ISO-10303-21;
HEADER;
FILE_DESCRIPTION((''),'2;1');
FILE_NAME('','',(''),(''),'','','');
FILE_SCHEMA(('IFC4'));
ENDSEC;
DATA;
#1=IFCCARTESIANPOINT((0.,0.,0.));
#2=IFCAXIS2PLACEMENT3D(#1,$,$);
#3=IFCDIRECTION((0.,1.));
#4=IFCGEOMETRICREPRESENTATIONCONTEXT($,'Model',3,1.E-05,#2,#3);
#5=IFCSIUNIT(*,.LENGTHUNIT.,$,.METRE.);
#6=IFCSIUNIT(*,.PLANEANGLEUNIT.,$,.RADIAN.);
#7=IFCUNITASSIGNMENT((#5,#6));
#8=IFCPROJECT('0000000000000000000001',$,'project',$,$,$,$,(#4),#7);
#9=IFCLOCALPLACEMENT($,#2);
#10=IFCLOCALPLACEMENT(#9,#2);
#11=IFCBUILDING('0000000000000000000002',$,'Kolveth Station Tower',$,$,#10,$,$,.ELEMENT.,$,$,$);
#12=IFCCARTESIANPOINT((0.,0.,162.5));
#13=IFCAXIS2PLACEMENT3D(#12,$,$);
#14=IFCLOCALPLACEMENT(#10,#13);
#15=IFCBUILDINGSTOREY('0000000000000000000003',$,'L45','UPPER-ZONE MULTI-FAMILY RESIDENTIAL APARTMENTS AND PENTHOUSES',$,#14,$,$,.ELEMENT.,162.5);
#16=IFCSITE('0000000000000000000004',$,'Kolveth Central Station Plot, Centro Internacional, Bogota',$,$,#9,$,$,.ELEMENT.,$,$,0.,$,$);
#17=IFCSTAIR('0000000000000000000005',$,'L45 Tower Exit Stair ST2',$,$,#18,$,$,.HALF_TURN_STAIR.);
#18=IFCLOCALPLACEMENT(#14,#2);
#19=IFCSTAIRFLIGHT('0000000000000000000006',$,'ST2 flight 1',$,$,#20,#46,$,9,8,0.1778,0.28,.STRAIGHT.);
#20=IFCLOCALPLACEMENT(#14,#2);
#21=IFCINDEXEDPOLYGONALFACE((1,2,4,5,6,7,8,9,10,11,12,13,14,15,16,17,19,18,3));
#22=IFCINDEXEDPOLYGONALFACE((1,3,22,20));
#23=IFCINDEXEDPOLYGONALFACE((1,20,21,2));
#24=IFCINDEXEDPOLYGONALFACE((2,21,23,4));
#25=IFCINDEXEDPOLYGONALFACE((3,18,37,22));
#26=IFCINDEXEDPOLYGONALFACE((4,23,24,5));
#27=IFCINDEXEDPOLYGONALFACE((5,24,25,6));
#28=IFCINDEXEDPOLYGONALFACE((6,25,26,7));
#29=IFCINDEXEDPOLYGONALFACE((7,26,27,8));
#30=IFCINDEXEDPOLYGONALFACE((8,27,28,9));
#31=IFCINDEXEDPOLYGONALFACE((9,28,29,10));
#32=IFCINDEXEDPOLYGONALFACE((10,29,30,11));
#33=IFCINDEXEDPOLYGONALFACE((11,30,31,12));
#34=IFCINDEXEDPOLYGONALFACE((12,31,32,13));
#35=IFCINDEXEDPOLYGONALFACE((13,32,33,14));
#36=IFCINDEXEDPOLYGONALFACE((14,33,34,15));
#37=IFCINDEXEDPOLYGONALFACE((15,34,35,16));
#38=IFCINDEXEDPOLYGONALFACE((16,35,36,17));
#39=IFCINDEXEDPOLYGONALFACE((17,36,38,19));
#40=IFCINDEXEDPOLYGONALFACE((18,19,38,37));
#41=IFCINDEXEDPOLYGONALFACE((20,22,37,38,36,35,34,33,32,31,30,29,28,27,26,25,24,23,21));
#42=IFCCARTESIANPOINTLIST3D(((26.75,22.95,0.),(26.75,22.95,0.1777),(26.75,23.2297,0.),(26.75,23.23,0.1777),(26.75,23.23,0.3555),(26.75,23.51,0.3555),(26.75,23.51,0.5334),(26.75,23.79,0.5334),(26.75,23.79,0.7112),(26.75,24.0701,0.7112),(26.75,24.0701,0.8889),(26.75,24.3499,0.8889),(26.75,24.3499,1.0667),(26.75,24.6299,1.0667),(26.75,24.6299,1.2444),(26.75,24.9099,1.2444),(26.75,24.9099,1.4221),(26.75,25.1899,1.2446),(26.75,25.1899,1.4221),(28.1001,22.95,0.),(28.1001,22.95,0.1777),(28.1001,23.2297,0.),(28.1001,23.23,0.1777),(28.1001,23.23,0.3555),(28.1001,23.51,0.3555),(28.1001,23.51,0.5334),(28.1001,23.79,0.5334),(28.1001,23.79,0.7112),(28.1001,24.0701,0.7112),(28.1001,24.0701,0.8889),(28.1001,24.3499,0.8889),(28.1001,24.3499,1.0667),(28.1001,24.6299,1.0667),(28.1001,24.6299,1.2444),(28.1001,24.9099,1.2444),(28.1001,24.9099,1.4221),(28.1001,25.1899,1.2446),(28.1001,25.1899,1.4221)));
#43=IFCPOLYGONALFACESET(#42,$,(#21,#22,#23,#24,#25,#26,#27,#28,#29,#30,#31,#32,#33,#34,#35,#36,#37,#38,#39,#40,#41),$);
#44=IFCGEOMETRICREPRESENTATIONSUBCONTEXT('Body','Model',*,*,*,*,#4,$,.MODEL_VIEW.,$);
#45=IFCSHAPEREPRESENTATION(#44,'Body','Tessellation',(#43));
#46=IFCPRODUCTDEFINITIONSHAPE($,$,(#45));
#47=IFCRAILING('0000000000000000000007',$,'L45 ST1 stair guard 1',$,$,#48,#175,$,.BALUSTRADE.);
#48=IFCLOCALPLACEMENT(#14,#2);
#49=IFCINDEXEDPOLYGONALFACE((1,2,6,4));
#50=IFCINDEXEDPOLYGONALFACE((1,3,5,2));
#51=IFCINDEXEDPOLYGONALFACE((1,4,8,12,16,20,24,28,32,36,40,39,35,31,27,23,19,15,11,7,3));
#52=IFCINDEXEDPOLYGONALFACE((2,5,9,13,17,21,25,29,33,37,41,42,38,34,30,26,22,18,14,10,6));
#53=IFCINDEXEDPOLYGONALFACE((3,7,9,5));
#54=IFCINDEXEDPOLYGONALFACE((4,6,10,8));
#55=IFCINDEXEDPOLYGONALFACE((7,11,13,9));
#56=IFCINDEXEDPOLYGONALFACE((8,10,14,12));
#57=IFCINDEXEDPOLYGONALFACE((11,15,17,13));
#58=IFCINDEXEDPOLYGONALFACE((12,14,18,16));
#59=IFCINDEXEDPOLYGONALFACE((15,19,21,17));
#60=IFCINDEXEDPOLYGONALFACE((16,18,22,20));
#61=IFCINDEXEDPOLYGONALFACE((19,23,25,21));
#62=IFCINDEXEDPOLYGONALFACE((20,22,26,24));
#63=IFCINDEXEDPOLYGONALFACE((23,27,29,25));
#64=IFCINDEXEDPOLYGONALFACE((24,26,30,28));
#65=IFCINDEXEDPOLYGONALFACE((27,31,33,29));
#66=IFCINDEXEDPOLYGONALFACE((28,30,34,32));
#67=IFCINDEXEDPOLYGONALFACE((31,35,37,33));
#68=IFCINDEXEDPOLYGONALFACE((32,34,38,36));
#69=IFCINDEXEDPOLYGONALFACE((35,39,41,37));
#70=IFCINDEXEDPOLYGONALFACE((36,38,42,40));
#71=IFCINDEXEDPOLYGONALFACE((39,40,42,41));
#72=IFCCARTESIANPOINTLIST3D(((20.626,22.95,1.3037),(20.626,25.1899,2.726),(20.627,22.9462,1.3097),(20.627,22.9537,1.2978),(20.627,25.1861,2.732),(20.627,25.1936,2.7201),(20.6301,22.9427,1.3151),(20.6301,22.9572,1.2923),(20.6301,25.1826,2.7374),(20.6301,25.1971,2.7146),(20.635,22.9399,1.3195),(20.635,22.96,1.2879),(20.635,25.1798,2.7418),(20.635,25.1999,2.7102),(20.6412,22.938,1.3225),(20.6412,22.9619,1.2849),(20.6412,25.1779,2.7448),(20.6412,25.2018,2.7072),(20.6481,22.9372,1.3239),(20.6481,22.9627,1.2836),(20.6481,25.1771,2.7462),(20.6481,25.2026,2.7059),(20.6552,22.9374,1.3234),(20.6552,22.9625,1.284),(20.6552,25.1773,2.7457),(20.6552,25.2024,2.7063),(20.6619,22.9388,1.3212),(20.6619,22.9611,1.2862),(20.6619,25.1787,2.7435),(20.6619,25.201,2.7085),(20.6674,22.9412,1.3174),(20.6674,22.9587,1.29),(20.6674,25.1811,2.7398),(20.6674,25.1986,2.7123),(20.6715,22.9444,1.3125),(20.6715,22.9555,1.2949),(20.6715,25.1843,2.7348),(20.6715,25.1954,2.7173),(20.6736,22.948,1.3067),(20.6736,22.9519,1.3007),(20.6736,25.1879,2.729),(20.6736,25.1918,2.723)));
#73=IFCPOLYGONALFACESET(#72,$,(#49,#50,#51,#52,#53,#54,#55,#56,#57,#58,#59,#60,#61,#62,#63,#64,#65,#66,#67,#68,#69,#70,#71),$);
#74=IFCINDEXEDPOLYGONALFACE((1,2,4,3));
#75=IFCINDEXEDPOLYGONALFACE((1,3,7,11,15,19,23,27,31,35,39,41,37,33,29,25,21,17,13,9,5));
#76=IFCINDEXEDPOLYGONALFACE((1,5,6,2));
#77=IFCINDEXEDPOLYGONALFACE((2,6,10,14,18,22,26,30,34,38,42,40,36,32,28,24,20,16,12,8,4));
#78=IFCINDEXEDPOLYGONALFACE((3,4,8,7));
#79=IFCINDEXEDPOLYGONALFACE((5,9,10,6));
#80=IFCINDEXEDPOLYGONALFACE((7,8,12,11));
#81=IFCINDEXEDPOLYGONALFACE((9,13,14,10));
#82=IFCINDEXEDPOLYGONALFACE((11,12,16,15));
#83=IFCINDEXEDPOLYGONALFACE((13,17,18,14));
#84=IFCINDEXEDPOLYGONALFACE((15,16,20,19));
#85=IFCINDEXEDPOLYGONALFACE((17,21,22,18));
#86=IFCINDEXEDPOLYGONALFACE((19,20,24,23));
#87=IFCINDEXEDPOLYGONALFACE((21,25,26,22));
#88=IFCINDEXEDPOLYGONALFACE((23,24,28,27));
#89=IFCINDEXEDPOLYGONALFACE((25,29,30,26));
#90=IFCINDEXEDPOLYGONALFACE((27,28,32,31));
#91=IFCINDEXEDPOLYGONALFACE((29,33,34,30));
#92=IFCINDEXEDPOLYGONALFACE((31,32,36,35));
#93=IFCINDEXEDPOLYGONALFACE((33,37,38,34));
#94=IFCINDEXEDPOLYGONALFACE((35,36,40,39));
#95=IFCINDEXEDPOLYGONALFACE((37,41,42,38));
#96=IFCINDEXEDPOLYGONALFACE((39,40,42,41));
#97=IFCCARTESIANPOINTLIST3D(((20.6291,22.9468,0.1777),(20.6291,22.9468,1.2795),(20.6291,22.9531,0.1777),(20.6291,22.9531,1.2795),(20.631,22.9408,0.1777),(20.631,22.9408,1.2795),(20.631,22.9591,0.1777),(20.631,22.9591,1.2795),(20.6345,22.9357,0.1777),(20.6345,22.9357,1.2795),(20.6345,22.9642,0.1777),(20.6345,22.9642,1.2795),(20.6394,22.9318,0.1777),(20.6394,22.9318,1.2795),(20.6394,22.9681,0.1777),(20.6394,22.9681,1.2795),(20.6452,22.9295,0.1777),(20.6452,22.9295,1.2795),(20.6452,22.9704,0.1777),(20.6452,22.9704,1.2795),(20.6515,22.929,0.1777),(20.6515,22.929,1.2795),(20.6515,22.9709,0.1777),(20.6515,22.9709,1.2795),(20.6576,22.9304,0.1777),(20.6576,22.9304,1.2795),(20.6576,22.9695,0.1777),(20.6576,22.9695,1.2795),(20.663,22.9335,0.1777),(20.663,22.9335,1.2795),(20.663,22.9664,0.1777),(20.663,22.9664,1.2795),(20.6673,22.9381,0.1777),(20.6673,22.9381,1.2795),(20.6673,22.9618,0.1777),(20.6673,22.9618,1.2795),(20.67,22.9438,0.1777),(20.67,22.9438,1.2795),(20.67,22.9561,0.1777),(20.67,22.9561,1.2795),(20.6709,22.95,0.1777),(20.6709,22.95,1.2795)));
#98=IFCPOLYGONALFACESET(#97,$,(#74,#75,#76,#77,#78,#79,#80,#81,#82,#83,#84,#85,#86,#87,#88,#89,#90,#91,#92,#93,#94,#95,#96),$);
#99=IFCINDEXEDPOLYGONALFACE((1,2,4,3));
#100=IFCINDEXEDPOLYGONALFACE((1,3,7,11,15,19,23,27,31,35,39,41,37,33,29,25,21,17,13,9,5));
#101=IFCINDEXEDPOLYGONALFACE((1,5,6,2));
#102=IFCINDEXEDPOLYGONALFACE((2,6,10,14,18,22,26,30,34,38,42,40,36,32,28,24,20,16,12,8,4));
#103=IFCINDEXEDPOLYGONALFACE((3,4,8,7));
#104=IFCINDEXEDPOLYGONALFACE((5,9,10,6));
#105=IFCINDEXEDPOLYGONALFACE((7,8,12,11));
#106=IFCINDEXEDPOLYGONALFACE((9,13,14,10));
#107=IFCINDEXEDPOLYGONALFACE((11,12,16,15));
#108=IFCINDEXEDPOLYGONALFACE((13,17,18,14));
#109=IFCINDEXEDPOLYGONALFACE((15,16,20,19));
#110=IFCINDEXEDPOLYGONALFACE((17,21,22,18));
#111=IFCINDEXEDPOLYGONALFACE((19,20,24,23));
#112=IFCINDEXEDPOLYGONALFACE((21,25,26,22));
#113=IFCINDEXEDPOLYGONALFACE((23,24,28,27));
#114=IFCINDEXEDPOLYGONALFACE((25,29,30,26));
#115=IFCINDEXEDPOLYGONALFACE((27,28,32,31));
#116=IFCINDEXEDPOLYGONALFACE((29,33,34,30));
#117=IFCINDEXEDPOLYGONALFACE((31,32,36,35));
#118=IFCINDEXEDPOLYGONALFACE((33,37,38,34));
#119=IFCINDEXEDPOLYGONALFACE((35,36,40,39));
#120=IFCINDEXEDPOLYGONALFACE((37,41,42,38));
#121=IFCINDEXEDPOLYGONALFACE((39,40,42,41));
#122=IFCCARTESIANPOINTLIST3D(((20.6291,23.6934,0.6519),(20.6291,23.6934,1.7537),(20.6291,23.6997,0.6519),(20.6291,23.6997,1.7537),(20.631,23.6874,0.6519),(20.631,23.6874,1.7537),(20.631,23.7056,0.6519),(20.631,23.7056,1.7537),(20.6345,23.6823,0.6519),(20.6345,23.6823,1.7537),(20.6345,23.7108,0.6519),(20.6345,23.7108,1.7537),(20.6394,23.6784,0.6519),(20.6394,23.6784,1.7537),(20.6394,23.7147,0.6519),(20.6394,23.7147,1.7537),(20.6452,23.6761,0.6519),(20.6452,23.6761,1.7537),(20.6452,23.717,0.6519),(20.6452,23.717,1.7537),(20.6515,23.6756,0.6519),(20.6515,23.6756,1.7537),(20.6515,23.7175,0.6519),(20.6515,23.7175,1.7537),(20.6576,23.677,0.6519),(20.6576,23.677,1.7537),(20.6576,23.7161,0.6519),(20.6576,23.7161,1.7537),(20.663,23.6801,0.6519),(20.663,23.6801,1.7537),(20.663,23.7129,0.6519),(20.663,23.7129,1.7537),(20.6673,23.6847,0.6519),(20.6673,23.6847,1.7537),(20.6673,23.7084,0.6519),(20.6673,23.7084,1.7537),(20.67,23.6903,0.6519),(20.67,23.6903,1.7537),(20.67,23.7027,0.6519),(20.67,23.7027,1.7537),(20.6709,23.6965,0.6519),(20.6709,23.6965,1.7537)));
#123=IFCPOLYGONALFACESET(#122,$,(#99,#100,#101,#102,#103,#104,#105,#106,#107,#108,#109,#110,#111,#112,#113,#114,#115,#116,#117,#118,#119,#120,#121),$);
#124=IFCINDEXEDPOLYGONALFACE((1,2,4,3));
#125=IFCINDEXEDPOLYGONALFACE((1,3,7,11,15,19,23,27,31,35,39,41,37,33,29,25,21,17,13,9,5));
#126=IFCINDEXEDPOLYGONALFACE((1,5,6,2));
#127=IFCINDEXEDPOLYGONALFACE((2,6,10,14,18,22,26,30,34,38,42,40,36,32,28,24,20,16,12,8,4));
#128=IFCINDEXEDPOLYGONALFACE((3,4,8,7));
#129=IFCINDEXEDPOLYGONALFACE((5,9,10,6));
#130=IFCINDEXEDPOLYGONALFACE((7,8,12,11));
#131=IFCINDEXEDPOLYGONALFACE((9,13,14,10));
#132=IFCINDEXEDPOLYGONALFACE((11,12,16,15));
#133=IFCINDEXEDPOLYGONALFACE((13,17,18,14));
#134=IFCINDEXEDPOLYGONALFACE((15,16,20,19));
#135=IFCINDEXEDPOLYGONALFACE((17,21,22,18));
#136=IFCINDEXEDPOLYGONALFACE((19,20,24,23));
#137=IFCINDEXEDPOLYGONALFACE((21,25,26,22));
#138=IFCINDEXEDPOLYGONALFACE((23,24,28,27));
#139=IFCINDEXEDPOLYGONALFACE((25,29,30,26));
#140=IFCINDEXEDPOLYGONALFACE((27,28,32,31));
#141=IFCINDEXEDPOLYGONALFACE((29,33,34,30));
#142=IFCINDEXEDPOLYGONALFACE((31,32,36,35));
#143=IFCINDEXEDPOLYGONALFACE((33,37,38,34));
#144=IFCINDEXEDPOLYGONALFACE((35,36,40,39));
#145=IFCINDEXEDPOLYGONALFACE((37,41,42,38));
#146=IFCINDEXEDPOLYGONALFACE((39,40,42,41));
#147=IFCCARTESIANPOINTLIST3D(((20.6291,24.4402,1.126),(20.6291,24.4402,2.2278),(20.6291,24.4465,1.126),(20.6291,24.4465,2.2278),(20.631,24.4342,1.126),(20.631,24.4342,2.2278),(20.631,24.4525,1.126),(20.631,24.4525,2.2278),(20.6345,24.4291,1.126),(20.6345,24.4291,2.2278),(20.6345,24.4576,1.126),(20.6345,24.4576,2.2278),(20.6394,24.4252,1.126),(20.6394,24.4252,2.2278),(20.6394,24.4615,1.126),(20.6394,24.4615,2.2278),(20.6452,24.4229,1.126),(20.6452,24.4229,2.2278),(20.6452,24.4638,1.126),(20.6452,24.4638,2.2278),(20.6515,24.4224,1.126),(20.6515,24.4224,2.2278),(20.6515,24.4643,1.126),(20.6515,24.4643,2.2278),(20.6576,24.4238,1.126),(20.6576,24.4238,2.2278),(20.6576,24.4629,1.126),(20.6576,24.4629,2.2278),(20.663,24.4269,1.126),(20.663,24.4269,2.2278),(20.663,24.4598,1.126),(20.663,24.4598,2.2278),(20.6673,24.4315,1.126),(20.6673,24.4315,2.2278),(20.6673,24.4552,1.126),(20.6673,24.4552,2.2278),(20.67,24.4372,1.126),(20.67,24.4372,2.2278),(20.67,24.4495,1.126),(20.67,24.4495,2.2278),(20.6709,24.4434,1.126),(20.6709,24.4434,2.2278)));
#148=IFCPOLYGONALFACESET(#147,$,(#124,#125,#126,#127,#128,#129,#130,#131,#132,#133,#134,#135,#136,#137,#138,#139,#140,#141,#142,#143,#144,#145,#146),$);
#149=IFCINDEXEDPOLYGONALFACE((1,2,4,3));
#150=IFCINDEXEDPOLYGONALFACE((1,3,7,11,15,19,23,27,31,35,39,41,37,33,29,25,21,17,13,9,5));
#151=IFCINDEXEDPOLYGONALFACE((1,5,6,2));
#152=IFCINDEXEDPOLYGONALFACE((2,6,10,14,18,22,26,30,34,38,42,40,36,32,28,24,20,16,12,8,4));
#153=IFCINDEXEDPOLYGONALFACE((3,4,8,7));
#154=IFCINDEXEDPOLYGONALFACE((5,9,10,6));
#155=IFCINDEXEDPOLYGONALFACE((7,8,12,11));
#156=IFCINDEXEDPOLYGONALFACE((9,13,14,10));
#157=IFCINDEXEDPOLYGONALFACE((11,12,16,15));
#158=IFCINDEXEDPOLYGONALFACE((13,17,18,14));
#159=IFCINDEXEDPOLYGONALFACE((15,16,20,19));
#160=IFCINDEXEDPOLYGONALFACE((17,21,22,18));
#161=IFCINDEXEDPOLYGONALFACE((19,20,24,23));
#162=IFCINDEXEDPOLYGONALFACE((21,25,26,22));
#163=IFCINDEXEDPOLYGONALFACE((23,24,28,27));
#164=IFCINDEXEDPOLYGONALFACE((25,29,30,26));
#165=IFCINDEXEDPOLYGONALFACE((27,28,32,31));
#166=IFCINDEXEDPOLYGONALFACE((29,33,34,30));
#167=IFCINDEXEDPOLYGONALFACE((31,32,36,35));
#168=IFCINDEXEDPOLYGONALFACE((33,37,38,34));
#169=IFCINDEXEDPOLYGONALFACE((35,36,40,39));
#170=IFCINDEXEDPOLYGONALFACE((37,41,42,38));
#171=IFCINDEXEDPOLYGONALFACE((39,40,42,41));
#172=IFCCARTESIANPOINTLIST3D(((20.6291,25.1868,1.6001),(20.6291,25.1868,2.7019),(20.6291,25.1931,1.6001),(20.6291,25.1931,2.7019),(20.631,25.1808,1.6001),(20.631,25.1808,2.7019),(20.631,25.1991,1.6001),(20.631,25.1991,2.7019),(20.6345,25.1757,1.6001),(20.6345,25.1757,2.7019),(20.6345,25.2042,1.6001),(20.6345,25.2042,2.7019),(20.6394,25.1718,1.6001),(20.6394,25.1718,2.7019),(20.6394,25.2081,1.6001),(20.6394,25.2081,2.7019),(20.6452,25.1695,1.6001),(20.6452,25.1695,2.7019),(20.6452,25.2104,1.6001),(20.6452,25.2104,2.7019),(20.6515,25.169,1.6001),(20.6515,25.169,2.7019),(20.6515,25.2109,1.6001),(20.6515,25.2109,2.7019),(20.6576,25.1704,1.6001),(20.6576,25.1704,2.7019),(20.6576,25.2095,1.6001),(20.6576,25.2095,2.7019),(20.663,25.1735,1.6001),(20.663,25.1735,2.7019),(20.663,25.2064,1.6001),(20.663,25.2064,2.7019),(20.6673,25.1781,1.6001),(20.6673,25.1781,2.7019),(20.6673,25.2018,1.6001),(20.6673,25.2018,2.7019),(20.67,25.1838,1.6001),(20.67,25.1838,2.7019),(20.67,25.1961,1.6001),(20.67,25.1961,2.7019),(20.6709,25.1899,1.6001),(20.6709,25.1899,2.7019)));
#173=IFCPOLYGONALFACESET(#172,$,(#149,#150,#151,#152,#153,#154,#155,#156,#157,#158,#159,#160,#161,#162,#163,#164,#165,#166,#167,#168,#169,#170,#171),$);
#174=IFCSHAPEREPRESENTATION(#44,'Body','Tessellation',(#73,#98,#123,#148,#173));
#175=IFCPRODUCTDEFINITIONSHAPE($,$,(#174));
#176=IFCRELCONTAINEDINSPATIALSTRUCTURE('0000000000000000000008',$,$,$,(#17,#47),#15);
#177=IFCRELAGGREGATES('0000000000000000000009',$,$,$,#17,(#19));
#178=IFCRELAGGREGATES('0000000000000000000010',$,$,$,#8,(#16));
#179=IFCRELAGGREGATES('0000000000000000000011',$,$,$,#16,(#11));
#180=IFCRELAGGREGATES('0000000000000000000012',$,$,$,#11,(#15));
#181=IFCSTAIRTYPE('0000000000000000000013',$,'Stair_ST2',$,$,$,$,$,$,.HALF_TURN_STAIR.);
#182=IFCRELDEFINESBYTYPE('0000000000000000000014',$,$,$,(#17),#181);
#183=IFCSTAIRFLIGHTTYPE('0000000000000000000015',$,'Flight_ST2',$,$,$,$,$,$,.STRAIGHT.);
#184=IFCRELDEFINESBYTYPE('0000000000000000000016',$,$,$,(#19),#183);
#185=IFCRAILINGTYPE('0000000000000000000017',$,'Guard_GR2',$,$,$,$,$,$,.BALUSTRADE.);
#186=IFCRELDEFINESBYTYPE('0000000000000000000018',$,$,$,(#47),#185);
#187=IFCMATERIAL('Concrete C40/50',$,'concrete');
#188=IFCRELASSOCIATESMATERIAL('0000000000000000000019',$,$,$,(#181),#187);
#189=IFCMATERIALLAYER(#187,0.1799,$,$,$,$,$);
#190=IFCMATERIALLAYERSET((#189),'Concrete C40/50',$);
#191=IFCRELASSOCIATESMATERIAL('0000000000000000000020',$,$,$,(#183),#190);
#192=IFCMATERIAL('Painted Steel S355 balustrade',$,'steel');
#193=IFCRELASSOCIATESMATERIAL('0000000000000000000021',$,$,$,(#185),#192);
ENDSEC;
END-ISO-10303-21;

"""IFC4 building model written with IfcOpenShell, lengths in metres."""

from ifc_helpers import new_model, si_unit, direction, frame, origin, origin_2d, place, context, subcontext, project, spatial, polyline, circle, outline, extrude, material, layer, layer_set, type_object, element, aggregate, save


model = new_model("IFC4")

# Units and contexts
model_context = context("Model", 3, precision=1e-05, world=origin(), true_north=direction((0.0, 1.0)))
body_context = subcontext(model_context, "Body", "Model", "MODEL_VIEW")
ifc_project = project(units=[si_unit("LENGTHUNIT", "METRE"), si_unit("PLANEANGLEUNIT", "RADIAN")], contexts=[model_context])

# Site, building, storey
site_placement = place(None, origin())
site = spatial("IfcSite", under=ifc_project, at=site_placement, Name="Kolveth Central Station Plot, Centro Internacional, Bogota", CompositionType="ELEMENT", RefElevation=0.0)
building_placement = place(site_placement, origin())
building = spatial("IfcBuilding", under=site, at=building_placement, Name="Kolveth Station Tower", CompositionType="ELEMENT")
storey_placement = place(building_placement, frame((0.0, 0.0, 162.5)))
storey = spatial("IfcBuildingStorey", under=building, at=storey_placement, Name="L45", Description="UPPER-ZONE MULTI-FAMILY RESIDENTIAL APARTMENTS AND PENTHOUSES", CompositionType="ELEMENT", Elevation=162.5)

# Shared definitions
ifc_material_1 = material(Name="Concrete C40/50", Category="concrete")

# Stair, stair flight
stair_type_1 = type_object("IfcStairType", Name="Stair_ST2", PredefinedType="HALF_TURN_STAIR", material=ifc_material_1)
stair_1_placement = place(storey_placement, origin())
stair_1 = element("IfcStair", 1, at=stair_1_placement, inside=storey, type_object=stair_type_1, Name="L45 Tower Exit Stair ST2", PredefinedType="HALF_TURN_STAIR")
ifc_layer_1 = layer(ifc_material_1, 0.1799)
ifc_layer_set_1 = layer_set([ifc_layer_1], Name="Concrete C40/50")
stair_flight_type_1 = type_object("IfcStairFlightType", Name="Flight_ST2", PredefinedType="STRAIGHT", material=ifc_layer_set_1)
stair_flight_1_placement = place(storey_placement, frame((27.425, 22.95, 0.0), z_axis=(0.0, 0.0, 1.0), x_axis=(0.0, 1.0, 0.0)))
stair_flight_1 = element("IfcStairFlight", 2, at=stair_flight_1_placement, type_object=stair_flight_type_1, Name="ST2 flight 1", NumberOfRisers=9, NumberOfTreads=8, PredefinedType="STRAIGHT", RiserHeight=0.1778, TreadLength=0.28, context=body_context, shape_type="SweptSolid", body=[
    extrude(outline(polyline([(0.0, 0.0), (0.0, 0.1777), (0.28, 0.1777), (0.28, 0.3555), (0.5601, 0.3555), (0.5601, 0.5334), (0.8401, 0.5334), (0.8401, 0.7112), (1.1201, 0.7112), (1.1201, 0.8889), (1.3999, 0.8889), (1.3999, 1.0667), (1.6799, 1.0667), (1.6799, 1.2444), (1.96, 1.2444), (1.96, 1.4221), (2.24, 1.4221), (2.24, 1.6001), (2.24, 1.2446), (0.2798, 0.0), (0.0, 0.0)])), frame((0.0, 0.675, 0.0), z_axis=(0.0, -1.0, 0.0), x_axis=(1.0, 0.0, 0.0)), (0.0, 0.0, 1.0), 1.3501),
])
aggregate(stair_1, [stair_flight_1])

# Railing
ifc_material_2 = material(Name="Painted Steel S355 balustrade", Category="steel")
railing_type_1 = type_object("IfcRailingType", Name="Guard_GR2", PredefinedType="BALUSTRADE", material=ifc_material_2)
for number, where, name in (
    (3, (20.6499, 22.95, 0.1777), "L45 ST1 stair guard 1"),
):
    element("IfcRailing", number, at=place(storey_placement, frame(where)), inside=storey, type_object=railing_type_1, Name=name, PredefinedType="BALUSTRADE", context=body_context, shape_type="SweptSolid", body=[
        extrude(circle(Radius=0.0239, at=origin_2d()), frame((0.0, 0.0, 1.126), z_axis=(0.0, 0.844188, 0.536048), x_axis=(-1.0, 0.0, 0.0)), (0.0, 0.0, 1.0), 2.6533),
        extrude(circle(Radius=0.021, at=origin_2d()), origin(), (0.0, 0.0, 1.0), 1.1018),
        extrude(circle(Radius=0.021, at=origin_2d()), frame((0.0, 0.7466, 0.4741)), (0.0, 0.0, 1.0), 1.1018),
        extrude(circle(Radius=0.021, at=origin_2d()), frame((0.0, 1.4934, 0.9482)), (0.0, 0.0, 1.0), 1.1018),
        extrude(circle(Radius=0.021, at=origin_2d()), frame((0.0, 2.24, 1.4224)), (0.0, 0.0, 1.0), 1.1018),
    ])

save(model, "model.ifc")
